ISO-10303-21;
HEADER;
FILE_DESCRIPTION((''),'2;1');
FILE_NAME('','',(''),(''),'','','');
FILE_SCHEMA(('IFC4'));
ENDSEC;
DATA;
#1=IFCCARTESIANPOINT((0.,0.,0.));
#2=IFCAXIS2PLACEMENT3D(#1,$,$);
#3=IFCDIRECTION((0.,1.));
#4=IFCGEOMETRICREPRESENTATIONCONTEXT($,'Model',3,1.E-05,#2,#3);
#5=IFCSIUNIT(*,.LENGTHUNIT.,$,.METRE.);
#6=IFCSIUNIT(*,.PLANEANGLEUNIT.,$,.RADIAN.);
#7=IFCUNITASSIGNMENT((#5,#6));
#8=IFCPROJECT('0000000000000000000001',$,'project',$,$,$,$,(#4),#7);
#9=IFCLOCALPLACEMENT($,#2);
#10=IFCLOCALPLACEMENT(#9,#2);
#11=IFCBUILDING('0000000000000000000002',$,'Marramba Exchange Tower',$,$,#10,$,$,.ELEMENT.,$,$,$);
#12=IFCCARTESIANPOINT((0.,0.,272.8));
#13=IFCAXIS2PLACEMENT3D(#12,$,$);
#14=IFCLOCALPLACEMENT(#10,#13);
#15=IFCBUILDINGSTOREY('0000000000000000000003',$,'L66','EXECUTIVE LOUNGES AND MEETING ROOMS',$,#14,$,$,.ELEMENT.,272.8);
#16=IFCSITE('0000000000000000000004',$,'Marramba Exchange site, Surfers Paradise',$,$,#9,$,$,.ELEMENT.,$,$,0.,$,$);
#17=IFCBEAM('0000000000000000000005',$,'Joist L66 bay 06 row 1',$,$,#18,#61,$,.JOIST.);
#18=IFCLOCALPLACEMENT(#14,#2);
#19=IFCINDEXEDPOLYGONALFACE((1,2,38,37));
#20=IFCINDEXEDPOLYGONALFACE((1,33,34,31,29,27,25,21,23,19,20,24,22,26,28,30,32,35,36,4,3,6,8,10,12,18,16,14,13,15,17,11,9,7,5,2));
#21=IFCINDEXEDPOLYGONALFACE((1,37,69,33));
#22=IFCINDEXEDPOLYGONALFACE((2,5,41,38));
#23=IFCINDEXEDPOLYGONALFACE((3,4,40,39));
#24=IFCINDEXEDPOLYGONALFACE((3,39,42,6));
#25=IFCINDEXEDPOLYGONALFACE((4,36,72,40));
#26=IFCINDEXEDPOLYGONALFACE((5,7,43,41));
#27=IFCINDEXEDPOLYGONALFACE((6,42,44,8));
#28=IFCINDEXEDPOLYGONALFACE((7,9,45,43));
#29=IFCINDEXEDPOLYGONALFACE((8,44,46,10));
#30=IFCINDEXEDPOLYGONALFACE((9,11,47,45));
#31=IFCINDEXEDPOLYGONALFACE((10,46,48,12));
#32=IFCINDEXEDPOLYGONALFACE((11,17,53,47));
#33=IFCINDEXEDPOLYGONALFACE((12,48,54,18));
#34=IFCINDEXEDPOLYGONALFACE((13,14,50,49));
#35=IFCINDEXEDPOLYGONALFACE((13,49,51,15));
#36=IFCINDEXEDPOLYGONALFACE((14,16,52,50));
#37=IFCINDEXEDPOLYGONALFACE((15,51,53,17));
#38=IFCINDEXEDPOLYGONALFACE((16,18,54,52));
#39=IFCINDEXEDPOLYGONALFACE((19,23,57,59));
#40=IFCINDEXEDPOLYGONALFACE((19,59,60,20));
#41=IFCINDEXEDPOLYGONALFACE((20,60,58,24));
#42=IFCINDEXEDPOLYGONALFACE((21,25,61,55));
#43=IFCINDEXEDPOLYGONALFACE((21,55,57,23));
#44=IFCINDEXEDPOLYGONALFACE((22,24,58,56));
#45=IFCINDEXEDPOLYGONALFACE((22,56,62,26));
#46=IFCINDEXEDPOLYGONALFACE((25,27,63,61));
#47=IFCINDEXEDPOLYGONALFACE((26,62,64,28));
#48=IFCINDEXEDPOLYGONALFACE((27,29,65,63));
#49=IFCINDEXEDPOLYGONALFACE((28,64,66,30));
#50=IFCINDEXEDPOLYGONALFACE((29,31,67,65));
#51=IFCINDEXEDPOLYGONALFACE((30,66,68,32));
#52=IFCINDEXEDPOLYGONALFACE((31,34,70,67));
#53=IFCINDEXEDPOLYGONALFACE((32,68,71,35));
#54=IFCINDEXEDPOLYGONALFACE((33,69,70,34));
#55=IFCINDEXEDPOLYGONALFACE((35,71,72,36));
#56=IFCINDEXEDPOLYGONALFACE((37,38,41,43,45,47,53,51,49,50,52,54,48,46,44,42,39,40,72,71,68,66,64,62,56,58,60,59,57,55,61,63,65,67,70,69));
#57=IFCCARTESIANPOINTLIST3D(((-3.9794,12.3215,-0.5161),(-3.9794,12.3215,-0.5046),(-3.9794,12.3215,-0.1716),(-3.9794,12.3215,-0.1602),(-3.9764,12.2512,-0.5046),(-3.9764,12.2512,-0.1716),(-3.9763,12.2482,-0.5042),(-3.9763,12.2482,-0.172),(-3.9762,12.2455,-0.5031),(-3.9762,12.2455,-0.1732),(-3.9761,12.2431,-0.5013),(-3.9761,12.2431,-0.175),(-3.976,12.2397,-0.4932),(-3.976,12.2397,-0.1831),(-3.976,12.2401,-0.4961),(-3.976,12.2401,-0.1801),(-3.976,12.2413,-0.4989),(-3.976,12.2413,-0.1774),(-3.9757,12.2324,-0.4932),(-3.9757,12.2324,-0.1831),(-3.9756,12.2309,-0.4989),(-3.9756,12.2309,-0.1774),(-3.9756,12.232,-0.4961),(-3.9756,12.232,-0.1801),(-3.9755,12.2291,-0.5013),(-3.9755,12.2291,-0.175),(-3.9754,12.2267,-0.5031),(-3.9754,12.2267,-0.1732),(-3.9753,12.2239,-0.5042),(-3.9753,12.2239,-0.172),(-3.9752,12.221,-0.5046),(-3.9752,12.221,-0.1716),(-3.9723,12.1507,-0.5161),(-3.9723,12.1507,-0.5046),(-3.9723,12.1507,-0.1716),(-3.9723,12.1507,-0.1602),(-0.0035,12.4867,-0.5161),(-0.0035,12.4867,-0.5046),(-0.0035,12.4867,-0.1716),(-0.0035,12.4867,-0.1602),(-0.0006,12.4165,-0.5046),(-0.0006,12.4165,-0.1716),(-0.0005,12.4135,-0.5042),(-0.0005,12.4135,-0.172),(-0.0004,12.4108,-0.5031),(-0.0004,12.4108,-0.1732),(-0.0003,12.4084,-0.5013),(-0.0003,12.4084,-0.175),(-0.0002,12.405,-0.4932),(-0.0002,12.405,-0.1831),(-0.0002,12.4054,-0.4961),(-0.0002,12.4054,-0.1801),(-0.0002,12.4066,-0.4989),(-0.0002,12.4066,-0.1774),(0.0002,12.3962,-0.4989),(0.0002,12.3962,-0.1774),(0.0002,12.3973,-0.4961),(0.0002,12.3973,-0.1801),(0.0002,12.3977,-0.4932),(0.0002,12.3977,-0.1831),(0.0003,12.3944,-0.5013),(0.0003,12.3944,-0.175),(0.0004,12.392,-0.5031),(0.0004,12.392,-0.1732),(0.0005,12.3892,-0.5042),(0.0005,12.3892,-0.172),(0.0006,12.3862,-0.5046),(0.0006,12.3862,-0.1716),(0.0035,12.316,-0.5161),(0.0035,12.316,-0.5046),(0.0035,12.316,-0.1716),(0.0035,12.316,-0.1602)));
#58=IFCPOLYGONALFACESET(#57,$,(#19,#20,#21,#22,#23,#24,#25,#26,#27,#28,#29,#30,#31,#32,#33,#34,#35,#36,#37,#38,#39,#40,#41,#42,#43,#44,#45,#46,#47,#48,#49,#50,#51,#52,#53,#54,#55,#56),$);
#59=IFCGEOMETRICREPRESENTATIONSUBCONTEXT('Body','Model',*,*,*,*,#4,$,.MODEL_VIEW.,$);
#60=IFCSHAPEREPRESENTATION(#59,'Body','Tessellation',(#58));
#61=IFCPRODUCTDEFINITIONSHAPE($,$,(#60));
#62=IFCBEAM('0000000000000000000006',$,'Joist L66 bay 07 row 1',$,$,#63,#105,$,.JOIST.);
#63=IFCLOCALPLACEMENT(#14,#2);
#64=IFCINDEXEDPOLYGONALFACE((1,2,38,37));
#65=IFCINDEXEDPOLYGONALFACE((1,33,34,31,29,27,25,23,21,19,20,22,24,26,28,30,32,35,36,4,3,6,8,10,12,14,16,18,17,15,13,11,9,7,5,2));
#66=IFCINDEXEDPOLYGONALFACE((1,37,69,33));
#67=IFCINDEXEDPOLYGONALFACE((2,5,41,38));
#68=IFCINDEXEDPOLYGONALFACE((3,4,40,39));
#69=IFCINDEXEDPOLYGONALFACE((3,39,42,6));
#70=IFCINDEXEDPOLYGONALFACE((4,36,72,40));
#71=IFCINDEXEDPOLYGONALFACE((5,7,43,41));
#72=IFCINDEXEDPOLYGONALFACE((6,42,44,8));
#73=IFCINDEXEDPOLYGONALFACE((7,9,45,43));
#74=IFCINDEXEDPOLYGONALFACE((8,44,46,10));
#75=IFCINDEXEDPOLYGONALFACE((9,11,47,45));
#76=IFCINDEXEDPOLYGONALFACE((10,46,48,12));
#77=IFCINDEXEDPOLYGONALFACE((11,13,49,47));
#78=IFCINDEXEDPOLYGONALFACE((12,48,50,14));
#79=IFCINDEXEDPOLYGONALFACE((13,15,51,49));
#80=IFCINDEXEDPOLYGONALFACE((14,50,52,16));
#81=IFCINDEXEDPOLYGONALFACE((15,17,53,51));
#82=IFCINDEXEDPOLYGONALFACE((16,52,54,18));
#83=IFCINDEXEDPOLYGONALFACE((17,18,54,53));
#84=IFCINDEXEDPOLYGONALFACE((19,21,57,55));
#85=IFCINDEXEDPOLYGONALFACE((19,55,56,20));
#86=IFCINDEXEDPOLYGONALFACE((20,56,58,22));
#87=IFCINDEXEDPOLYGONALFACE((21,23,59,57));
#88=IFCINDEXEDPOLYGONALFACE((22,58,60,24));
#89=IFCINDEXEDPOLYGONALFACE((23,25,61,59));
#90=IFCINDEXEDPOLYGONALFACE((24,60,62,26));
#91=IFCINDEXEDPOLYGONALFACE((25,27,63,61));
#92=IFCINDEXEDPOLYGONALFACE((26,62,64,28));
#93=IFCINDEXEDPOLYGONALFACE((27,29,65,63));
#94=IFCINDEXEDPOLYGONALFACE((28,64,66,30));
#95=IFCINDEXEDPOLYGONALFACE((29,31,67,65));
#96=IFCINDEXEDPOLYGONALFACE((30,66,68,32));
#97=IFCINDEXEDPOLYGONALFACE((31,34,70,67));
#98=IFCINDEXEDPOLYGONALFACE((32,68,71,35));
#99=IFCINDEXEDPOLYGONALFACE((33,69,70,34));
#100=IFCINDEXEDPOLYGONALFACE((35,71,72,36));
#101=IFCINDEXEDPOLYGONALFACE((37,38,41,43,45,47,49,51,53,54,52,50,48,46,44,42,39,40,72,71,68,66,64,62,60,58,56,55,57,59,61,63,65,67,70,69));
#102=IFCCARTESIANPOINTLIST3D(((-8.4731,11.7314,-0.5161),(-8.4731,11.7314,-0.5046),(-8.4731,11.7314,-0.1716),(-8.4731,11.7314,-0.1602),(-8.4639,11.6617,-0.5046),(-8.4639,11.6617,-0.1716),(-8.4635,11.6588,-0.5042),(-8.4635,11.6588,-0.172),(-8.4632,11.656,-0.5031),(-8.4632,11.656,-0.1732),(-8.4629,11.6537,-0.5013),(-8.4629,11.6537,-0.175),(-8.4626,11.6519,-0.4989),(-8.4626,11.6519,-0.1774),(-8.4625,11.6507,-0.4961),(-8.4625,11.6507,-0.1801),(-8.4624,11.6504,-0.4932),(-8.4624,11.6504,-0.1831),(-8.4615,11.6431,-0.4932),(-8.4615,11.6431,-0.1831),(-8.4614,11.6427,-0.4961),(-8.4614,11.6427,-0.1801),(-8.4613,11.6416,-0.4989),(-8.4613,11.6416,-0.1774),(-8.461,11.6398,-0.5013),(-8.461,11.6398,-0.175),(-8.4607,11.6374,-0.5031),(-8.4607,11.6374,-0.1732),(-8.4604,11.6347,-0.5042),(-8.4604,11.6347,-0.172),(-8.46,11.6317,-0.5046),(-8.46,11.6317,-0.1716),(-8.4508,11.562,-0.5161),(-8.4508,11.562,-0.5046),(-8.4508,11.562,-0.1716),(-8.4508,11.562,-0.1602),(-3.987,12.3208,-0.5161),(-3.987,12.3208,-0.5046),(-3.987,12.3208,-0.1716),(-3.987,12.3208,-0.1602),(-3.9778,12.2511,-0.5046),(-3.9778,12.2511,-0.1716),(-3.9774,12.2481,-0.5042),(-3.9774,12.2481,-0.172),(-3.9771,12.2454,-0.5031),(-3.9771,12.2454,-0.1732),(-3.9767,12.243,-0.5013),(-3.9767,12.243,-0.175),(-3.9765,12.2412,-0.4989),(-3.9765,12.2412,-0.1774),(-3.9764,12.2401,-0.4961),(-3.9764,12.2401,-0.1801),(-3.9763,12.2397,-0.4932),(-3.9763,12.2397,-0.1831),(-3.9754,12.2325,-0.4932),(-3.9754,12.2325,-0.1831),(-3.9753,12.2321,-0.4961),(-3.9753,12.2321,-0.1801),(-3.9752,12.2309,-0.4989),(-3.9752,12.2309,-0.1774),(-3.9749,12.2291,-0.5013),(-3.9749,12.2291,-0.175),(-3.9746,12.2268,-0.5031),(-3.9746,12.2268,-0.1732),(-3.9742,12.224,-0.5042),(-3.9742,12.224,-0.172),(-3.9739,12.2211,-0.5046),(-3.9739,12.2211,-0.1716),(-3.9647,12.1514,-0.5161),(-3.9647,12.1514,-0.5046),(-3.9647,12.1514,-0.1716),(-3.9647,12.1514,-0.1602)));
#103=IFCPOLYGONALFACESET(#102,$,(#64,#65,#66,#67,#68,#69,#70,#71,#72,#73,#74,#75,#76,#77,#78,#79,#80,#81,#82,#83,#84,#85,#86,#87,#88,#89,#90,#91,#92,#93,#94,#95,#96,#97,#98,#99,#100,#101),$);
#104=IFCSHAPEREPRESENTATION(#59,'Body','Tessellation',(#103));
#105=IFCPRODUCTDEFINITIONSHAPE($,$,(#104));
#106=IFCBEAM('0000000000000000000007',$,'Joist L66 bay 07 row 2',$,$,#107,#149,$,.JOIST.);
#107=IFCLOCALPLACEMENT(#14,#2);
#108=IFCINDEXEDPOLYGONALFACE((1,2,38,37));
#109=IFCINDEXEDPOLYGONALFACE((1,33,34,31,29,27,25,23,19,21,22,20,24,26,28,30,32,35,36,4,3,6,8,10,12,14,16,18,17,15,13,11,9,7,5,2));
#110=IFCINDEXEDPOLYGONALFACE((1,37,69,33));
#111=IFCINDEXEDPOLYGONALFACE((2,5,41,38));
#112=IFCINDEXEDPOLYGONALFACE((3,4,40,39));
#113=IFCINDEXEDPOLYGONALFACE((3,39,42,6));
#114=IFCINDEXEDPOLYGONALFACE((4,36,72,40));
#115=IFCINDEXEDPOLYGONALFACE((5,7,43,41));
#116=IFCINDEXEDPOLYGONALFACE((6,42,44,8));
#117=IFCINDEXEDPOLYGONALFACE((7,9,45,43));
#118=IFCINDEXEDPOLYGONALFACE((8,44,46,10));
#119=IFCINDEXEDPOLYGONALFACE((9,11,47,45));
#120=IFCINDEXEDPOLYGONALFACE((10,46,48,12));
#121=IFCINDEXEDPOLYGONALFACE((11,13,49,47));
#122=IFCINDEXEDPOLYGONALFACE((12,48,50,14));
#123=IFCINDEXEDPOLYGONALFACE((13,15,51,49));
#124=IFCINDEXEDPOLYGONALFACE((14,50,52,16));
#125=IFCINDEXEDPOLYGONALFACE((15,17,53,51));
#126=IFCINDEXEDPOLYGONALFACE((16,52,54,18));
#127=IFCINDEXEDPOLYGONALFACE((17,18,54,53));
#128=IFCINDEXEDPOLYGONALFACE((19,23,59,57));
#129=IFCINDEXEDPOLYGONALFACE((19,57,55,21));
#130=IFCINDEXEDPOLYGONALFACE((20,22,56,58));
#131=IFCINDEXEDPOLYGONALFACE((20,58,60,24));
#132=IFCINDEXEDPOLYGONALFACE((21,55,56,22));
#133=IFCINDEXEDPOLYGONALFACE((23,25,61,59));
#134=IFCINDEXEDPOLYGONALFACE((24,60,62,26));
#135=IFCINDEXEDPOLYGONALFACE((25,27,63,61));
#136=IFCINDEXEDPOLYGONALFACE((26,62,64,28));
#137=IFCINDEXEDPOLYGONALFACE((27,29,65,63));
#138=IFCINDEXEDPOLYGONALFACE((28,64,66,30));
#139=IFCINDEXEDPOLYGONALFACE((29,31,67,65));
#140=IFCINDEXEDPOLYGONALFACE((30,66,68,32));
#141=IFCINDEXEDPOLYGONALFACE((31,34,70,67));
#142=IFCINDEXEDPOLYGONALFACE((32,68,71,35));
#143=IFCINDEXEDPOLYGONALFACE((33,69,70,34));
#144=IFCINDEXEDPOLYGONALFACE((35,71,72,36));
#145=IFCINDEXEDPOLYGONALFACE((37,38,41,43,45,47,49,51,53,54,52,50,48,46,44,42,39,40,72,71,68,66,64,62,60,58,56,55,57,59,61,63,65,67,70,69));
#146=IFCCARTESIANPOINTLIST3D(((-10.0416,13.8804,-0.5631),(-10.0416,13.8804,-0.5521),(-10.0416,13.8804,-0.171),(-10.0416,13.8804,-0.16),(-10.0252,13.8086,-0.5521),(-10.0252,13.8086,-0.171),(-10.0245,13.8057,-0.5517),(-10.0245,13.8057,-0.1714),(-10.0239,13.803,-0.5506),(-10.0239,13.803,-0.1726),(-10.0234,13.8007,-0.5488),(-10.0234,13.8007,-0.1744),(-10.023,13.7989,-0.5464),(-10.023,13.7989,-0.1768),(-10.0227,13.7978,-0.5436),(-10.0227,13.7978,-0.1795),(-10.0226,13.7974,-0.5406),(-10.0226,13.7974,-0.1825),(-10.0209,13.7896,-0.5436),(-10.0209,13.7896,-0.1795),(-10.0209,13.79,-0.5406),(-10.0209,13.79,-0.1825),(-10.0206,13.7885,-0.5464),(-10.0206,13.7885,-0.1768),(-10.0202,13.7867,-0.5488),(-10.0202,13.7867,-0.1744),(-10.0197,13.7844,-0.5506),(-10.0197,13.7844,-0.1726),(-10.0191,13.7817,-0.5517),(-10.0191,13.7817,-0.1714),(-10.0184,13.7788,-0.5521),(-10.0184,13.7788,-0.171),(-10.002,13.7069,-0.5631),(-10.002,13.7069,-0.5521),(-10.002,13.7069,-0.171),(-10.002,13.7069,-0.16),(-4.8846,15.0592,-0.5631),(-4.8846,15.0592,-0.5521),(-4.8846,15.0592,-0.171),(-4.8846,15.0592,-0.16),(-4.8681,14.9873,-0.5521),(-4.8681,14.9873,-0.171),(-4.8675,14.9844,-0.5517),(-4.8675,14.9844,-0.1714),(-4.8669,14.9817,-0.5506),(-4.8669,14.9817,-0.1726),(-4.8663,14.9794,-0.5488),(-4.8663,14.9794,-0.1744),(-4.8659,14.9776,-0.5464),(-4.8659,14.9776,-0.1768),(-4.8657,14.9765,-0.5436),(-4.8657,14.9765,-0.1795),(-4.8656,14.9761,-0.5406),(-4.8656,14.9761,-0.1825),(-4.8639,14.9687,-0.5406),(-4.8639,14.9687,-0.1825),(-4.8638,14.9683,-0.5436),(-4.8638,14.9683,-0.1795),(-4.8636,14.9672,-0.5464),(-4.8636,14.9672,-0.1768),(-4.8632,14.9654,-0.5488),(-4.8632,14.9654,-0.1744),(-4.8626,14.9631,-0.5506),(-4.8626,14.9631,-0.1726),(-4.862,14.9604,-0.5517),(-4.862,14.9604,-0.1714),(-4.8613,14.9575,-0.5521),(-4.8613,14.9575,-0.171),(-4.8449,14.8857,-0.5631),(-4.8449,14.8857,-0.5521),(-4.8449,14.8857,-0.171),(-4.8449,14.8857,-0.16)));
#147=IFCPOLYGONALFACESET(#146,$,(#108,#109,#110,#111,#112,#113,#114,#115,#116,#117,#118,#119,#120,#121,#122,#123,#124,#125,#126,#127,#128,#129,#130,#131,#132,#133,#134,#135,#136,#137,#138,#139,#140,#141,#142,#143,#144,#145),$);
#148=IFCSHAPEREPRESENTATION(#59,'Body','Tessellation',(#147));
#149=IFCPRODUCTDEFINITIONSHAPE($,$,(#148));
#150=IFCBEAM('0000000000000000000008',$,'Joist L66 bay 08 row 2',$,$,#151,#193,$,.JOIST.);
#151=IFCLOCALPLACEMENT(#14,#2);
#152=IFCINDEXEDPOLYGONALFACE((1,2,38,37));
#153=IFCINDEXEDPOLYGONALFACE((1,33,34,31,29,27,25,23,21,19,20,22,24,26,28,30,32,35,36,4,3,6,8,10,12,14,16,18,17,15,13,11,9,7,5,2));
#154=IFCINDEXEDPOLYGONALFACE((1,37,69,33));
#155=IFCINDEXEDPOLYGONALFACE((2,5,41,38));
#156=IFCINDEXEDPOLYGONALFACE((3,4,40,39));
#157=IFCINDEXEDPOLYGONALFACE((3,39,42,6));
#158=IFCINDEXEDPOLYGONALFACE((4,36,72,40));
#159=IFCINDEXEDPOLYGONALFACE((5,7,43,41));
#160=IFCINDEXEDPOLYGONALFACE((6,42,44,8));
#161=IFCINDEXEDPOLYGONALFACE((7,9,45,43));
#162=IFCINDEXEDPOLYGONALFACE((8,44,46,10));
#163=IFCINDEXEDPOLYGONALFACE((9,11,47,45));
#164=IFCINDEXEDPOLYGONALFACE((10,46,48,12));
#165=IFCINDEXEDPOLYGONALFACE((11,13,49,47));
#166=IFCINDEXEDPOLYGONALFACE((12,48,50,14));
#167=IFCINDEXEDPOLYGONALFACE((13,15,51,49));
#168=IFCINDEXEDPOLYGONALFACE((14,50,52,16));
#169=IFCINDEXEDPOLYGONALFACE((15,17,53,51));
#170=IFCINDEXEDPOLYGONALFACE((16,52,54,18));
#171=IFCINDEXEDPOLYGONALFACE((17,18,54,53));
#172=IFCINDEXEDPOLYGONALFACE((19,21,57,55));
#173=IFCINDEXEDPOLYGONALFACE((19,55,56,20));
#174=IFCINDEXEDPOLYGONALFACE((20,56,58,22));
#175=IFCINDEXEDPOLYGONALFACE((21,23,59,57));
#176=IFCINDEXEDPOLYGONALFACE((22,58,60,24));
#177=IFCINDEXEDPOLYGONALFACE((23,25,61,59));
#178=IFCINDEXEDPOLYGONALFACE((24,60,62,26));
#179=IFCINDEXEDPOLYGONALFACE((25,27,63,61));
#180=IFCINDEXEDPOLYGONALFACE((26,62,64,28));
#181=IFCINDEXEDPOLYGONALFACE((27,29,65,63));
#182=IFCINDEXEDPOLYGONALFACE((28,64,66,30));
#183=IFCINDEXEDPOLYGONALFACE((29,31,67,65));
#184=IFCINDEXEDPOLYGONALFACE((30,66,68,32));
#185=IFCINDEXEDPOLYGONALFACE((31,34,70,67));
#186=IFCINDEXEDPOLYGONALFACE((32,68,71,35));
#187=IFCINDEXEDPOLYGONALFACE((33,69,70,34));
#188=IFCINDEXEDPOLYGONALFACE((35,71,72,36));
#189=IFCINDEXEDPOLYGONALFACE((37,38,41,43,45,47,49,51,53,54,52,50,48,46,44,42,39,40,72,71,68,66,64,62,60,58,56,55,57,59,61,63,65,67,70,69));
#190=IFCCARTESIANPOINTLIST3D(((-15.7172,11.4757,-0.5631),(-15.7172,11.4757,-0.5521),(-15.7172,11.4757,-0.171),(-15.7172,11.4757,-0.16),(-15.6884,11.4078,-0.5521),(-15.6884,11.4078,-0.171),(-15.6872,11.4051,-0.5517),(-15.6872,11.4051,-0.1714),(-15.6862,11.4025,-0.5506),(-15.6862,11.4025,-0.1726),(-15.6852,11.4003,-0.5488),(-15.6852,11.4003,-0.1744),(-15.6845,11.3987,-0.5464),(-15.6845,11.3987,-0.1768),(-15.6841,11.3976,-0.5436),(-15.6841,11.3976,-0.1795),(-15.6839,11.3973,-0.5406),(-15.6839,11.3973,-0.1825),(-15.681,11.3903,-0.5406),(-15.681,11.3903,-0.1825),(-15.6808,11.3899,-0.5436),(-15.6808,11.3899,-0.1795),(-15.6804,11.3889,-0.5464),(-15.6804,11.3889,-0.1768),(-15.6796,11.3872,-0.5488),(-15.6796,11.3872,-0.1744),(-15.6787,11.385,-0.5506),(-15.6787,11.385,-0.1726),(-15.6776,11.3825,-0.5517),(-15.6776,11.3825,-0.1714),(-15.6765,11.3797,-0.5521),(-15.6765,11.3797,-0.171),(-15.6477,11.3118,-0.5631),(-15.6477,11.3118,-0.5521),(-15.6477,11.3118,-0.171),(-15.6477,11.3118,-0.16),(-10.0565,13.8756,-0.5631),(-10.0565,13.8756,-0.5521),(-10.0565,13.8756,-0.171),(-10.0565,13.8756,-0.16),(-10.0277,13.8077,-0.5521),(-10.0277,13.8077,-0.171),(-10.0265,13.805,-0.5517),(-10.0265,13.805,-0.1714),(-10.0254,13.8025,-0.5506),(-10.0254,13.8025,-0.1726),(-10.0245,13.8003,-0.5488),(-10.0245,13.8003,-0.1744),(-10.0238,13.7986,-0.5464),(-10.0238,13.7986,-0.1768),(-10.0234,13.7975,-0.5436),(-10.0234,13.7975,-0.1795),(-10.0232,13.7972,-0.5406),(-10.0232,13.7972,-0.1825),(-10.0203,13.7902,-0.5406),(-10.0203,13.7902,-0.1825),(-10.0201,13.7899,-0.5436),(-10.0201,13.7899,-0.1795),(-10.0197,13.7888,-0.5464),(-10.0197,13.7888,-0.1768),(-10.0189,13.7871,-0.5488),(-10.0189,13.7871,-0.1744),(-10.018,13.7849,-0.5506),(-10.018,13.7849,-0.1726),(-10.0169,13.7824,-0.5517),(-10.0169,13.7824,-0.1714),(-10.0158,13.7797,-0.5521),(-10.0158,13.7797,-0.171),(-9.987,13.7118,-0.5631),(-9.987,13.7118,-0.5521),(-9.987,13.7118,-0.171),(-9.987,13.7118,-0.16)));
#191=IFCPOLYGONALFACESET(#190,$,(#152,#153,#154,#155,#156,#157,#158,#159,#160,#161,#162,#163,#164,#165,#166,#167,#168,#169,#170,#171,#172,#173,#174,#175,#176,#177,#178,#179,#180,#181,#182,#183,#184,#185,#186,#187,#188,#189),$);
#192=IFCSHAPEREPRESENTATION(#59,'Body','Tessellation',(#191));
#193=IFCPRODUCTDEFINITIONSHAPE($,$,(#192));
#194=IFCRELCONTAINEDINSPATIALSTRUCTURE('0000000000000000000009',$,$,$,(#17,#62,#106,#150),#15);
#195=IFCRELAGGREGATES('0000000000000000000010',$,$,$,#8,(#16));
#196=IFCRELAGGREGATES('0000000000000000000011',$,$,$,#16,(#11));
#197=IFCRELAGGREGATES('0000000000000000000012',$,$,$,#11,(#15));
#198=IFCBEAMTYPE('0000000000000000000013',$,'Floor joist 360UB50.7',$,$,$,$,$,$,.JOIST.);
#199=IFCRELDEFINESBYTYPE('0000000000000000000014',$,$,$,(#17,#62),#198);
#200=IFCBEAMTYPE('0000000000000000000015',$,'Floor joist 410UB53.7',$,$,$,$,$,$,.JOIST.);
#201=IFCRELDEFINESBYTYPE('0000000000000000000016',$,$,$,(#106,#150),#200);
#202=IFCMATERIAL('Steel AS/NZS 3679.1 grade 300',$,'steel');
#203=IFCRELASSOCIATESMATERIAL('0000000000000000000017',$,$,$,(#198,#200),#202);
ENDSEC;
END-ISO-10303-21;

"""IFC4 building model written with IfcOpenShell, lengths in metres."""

from ifc_helpers import new_model, si_unit, direction, frame, origin, origin_2d, place, context, subcontext, project, spatial, i_section, extrude, material, material_profile, profile_set, type_object, element, save


model = new_model("IFC4")

# Units and contexts
model_context = context("Model", 3, precision=1e-05, world=origin(), true_north=direction((0.0, 1.0)))
body_context = subcontext(model_context, "Body", "Model", "MODEL_VIEW")
ifc_project = project(units=[si_unit("LENGTHUNIT", "METRE"), si_unit("PLANEANGLEUNIT", "RADIAN")], contexts=[model_context])

# Site, building, storey
site_placement = place(None, origin())
site = spatial("IfcSite", under=ifc_project, at=site_placement, Name="Marramba Exchange site, Surfers Paradise", CompositionType="ELEMENT", RefElevation=0.0)
building_placement = place(site_placement, origin())
building = spatial("IfcBuilding", under=site, at=building_placement, Name="Marramba Exchange Tower", CompositionType="ELEMENT")
storey_placement = place(building_placement, frame((0.0, 0.0, 272.8)))
storey = spatial("IfcBuildingStorey", under=building, at=storey_placement, Name="L66", Description="EXECUTIVE LOUNGES AND MEETING ROOMS", CompositionType="ELEMENT", Elevation=272.8)

# Beams
ifc_material_1 = material(Name="Steel AS/NZS 3679.1 grade 300", Category="steel")
ifc_material_profile_1 = material_profile(ifc_material_1, i_section(OverallWidth=0.1709, OverallDepth=0.356, WebThickness=0.0073, FlangeThickness=0.0115, FilletRadius=0.0115, at=origin_2d()), Name="360UB50.7")
ifc_profile_set_1 = profile_set([ifc_material_profile_1], Name="Steel AS/NZS 3679.1 grade 300")
beam_type_1 = type_object("IfcBeamType", Name="Floor joist 360UB50.7", PredefinedType="JOIST", material=ifc_profile_set_1)
beam_1_placement = place(storey_placement, frame((0.0, 12.4014, -0.3381), z_axis=(-0.999137, -0.041536, 0.0), x_axis=(0.041536, -0.999137, 0.0)))
element("IfcBeam", 1, at=beam_1_placement, inside=storey, type_object=beam_type_1, Name="Joist L66 bay 06 row 1", PredefinedType="JOIST", context=body_context, shape_type="SweptSolid", body=[
    extrude(i_section(OverallWidth=0.1709, OverallDepth=0.356, WebThickness=0.0073, FlangeThickness=0.0115, FilletRadius=0.0115, at=origin_2d()), origin(), (0.0, 0.0, 1.0), 3.9792),
])
beam_2_placement = place(storey_placement, frame((-3.9758, 12.2361, -0.3381), z_axis=(-0.991481, -0.130255, 0.0), x_axis=(0.130255, -0.991481, 0.0)))
element("IfcBeam", 2, at=beam_2_placement, inside=storey, type_object=beam_type_1, Name="Joist L66 bay 07 row 1", PredefinedType="JOIST", context=body_context, shape_type="SweptSolid", body=[
    extrude(i_section(OverallWidth=0.1709, OverallDepth=0.356, WebThickness=0.0073, FlangeThickness=0.0115, FilletRadius=0.0115, at=origin_2d()), origin(), (0.0, 0.0, 1.0), 4.5247),
])
ifc_material_profile_2 = material_profile(ifc_material_1, i_section(OverallWidth=0.178, OverallDepth=0.4031, WebThickness=0.0076, FlangeThickness=0.011, FilletRadius=0.0115, at=origin_2d()), Name="410UB53.7")
ifc_profile_set_2 = profile_set([ifc_material_profile_2], Name="Steel AS/NZS 3679.1 grade 300")
beam_type_2 = type_object("IfcBeamType", Name="Floor joist 410UB53.7", PredefinedType="JOIST", material=ifc_profile_set_2)
beam_3_placement = place(storey_placement, frame((-4.8647, 14.9724, -0.3616), z_axis=(-0.97486, -0.22282, 0.0), x_axis=(0.22282, -0.97486, 0.0)))
element("IfcBeam", 3, at=beam_3_placement, inside=storey, type_object=beam_type_2, Name="Joist L66 bay 07 row 2", PredefinedType="JOIST", context=body_context, shape_type="SweptSolid", body=[
    extrude(i_section(OverallWidth=0.178, OverallDepth=0.4031, WebThickness=0.0076, FlangeThickness=0.011, FilletRadius=0.0115, at=origin_2d()), origin(), (0.0, 0.0, 1.0), 5.29),
])
beam_4_placement = place(storey_placement, frame((-10.0217, 13.7937, -0.3616), z_axis=(-0.920674, -0.390332, 0.0), x_axis=(0.390332, -0.920674, 0.0)))
element("IfcBeam", 4, at=beam_4_placement, inside=storey, type_object=beam_type_2, Name="Joist L66 bay 08 row 2", PredefinedType="JOIST", context=body_context, shape_type="SweptSolid", body=[
    extrude(i_section(OverallWidth=0.178, OverallDepth=0.4031, WebThickness=0.0076, FlangeThickness=0.011, FilletRadius=0.0115, at=origin_2d()), origin(), (0.0, 0.0, 1.0), 6.1484),
])

save(model, "model.ifc")
